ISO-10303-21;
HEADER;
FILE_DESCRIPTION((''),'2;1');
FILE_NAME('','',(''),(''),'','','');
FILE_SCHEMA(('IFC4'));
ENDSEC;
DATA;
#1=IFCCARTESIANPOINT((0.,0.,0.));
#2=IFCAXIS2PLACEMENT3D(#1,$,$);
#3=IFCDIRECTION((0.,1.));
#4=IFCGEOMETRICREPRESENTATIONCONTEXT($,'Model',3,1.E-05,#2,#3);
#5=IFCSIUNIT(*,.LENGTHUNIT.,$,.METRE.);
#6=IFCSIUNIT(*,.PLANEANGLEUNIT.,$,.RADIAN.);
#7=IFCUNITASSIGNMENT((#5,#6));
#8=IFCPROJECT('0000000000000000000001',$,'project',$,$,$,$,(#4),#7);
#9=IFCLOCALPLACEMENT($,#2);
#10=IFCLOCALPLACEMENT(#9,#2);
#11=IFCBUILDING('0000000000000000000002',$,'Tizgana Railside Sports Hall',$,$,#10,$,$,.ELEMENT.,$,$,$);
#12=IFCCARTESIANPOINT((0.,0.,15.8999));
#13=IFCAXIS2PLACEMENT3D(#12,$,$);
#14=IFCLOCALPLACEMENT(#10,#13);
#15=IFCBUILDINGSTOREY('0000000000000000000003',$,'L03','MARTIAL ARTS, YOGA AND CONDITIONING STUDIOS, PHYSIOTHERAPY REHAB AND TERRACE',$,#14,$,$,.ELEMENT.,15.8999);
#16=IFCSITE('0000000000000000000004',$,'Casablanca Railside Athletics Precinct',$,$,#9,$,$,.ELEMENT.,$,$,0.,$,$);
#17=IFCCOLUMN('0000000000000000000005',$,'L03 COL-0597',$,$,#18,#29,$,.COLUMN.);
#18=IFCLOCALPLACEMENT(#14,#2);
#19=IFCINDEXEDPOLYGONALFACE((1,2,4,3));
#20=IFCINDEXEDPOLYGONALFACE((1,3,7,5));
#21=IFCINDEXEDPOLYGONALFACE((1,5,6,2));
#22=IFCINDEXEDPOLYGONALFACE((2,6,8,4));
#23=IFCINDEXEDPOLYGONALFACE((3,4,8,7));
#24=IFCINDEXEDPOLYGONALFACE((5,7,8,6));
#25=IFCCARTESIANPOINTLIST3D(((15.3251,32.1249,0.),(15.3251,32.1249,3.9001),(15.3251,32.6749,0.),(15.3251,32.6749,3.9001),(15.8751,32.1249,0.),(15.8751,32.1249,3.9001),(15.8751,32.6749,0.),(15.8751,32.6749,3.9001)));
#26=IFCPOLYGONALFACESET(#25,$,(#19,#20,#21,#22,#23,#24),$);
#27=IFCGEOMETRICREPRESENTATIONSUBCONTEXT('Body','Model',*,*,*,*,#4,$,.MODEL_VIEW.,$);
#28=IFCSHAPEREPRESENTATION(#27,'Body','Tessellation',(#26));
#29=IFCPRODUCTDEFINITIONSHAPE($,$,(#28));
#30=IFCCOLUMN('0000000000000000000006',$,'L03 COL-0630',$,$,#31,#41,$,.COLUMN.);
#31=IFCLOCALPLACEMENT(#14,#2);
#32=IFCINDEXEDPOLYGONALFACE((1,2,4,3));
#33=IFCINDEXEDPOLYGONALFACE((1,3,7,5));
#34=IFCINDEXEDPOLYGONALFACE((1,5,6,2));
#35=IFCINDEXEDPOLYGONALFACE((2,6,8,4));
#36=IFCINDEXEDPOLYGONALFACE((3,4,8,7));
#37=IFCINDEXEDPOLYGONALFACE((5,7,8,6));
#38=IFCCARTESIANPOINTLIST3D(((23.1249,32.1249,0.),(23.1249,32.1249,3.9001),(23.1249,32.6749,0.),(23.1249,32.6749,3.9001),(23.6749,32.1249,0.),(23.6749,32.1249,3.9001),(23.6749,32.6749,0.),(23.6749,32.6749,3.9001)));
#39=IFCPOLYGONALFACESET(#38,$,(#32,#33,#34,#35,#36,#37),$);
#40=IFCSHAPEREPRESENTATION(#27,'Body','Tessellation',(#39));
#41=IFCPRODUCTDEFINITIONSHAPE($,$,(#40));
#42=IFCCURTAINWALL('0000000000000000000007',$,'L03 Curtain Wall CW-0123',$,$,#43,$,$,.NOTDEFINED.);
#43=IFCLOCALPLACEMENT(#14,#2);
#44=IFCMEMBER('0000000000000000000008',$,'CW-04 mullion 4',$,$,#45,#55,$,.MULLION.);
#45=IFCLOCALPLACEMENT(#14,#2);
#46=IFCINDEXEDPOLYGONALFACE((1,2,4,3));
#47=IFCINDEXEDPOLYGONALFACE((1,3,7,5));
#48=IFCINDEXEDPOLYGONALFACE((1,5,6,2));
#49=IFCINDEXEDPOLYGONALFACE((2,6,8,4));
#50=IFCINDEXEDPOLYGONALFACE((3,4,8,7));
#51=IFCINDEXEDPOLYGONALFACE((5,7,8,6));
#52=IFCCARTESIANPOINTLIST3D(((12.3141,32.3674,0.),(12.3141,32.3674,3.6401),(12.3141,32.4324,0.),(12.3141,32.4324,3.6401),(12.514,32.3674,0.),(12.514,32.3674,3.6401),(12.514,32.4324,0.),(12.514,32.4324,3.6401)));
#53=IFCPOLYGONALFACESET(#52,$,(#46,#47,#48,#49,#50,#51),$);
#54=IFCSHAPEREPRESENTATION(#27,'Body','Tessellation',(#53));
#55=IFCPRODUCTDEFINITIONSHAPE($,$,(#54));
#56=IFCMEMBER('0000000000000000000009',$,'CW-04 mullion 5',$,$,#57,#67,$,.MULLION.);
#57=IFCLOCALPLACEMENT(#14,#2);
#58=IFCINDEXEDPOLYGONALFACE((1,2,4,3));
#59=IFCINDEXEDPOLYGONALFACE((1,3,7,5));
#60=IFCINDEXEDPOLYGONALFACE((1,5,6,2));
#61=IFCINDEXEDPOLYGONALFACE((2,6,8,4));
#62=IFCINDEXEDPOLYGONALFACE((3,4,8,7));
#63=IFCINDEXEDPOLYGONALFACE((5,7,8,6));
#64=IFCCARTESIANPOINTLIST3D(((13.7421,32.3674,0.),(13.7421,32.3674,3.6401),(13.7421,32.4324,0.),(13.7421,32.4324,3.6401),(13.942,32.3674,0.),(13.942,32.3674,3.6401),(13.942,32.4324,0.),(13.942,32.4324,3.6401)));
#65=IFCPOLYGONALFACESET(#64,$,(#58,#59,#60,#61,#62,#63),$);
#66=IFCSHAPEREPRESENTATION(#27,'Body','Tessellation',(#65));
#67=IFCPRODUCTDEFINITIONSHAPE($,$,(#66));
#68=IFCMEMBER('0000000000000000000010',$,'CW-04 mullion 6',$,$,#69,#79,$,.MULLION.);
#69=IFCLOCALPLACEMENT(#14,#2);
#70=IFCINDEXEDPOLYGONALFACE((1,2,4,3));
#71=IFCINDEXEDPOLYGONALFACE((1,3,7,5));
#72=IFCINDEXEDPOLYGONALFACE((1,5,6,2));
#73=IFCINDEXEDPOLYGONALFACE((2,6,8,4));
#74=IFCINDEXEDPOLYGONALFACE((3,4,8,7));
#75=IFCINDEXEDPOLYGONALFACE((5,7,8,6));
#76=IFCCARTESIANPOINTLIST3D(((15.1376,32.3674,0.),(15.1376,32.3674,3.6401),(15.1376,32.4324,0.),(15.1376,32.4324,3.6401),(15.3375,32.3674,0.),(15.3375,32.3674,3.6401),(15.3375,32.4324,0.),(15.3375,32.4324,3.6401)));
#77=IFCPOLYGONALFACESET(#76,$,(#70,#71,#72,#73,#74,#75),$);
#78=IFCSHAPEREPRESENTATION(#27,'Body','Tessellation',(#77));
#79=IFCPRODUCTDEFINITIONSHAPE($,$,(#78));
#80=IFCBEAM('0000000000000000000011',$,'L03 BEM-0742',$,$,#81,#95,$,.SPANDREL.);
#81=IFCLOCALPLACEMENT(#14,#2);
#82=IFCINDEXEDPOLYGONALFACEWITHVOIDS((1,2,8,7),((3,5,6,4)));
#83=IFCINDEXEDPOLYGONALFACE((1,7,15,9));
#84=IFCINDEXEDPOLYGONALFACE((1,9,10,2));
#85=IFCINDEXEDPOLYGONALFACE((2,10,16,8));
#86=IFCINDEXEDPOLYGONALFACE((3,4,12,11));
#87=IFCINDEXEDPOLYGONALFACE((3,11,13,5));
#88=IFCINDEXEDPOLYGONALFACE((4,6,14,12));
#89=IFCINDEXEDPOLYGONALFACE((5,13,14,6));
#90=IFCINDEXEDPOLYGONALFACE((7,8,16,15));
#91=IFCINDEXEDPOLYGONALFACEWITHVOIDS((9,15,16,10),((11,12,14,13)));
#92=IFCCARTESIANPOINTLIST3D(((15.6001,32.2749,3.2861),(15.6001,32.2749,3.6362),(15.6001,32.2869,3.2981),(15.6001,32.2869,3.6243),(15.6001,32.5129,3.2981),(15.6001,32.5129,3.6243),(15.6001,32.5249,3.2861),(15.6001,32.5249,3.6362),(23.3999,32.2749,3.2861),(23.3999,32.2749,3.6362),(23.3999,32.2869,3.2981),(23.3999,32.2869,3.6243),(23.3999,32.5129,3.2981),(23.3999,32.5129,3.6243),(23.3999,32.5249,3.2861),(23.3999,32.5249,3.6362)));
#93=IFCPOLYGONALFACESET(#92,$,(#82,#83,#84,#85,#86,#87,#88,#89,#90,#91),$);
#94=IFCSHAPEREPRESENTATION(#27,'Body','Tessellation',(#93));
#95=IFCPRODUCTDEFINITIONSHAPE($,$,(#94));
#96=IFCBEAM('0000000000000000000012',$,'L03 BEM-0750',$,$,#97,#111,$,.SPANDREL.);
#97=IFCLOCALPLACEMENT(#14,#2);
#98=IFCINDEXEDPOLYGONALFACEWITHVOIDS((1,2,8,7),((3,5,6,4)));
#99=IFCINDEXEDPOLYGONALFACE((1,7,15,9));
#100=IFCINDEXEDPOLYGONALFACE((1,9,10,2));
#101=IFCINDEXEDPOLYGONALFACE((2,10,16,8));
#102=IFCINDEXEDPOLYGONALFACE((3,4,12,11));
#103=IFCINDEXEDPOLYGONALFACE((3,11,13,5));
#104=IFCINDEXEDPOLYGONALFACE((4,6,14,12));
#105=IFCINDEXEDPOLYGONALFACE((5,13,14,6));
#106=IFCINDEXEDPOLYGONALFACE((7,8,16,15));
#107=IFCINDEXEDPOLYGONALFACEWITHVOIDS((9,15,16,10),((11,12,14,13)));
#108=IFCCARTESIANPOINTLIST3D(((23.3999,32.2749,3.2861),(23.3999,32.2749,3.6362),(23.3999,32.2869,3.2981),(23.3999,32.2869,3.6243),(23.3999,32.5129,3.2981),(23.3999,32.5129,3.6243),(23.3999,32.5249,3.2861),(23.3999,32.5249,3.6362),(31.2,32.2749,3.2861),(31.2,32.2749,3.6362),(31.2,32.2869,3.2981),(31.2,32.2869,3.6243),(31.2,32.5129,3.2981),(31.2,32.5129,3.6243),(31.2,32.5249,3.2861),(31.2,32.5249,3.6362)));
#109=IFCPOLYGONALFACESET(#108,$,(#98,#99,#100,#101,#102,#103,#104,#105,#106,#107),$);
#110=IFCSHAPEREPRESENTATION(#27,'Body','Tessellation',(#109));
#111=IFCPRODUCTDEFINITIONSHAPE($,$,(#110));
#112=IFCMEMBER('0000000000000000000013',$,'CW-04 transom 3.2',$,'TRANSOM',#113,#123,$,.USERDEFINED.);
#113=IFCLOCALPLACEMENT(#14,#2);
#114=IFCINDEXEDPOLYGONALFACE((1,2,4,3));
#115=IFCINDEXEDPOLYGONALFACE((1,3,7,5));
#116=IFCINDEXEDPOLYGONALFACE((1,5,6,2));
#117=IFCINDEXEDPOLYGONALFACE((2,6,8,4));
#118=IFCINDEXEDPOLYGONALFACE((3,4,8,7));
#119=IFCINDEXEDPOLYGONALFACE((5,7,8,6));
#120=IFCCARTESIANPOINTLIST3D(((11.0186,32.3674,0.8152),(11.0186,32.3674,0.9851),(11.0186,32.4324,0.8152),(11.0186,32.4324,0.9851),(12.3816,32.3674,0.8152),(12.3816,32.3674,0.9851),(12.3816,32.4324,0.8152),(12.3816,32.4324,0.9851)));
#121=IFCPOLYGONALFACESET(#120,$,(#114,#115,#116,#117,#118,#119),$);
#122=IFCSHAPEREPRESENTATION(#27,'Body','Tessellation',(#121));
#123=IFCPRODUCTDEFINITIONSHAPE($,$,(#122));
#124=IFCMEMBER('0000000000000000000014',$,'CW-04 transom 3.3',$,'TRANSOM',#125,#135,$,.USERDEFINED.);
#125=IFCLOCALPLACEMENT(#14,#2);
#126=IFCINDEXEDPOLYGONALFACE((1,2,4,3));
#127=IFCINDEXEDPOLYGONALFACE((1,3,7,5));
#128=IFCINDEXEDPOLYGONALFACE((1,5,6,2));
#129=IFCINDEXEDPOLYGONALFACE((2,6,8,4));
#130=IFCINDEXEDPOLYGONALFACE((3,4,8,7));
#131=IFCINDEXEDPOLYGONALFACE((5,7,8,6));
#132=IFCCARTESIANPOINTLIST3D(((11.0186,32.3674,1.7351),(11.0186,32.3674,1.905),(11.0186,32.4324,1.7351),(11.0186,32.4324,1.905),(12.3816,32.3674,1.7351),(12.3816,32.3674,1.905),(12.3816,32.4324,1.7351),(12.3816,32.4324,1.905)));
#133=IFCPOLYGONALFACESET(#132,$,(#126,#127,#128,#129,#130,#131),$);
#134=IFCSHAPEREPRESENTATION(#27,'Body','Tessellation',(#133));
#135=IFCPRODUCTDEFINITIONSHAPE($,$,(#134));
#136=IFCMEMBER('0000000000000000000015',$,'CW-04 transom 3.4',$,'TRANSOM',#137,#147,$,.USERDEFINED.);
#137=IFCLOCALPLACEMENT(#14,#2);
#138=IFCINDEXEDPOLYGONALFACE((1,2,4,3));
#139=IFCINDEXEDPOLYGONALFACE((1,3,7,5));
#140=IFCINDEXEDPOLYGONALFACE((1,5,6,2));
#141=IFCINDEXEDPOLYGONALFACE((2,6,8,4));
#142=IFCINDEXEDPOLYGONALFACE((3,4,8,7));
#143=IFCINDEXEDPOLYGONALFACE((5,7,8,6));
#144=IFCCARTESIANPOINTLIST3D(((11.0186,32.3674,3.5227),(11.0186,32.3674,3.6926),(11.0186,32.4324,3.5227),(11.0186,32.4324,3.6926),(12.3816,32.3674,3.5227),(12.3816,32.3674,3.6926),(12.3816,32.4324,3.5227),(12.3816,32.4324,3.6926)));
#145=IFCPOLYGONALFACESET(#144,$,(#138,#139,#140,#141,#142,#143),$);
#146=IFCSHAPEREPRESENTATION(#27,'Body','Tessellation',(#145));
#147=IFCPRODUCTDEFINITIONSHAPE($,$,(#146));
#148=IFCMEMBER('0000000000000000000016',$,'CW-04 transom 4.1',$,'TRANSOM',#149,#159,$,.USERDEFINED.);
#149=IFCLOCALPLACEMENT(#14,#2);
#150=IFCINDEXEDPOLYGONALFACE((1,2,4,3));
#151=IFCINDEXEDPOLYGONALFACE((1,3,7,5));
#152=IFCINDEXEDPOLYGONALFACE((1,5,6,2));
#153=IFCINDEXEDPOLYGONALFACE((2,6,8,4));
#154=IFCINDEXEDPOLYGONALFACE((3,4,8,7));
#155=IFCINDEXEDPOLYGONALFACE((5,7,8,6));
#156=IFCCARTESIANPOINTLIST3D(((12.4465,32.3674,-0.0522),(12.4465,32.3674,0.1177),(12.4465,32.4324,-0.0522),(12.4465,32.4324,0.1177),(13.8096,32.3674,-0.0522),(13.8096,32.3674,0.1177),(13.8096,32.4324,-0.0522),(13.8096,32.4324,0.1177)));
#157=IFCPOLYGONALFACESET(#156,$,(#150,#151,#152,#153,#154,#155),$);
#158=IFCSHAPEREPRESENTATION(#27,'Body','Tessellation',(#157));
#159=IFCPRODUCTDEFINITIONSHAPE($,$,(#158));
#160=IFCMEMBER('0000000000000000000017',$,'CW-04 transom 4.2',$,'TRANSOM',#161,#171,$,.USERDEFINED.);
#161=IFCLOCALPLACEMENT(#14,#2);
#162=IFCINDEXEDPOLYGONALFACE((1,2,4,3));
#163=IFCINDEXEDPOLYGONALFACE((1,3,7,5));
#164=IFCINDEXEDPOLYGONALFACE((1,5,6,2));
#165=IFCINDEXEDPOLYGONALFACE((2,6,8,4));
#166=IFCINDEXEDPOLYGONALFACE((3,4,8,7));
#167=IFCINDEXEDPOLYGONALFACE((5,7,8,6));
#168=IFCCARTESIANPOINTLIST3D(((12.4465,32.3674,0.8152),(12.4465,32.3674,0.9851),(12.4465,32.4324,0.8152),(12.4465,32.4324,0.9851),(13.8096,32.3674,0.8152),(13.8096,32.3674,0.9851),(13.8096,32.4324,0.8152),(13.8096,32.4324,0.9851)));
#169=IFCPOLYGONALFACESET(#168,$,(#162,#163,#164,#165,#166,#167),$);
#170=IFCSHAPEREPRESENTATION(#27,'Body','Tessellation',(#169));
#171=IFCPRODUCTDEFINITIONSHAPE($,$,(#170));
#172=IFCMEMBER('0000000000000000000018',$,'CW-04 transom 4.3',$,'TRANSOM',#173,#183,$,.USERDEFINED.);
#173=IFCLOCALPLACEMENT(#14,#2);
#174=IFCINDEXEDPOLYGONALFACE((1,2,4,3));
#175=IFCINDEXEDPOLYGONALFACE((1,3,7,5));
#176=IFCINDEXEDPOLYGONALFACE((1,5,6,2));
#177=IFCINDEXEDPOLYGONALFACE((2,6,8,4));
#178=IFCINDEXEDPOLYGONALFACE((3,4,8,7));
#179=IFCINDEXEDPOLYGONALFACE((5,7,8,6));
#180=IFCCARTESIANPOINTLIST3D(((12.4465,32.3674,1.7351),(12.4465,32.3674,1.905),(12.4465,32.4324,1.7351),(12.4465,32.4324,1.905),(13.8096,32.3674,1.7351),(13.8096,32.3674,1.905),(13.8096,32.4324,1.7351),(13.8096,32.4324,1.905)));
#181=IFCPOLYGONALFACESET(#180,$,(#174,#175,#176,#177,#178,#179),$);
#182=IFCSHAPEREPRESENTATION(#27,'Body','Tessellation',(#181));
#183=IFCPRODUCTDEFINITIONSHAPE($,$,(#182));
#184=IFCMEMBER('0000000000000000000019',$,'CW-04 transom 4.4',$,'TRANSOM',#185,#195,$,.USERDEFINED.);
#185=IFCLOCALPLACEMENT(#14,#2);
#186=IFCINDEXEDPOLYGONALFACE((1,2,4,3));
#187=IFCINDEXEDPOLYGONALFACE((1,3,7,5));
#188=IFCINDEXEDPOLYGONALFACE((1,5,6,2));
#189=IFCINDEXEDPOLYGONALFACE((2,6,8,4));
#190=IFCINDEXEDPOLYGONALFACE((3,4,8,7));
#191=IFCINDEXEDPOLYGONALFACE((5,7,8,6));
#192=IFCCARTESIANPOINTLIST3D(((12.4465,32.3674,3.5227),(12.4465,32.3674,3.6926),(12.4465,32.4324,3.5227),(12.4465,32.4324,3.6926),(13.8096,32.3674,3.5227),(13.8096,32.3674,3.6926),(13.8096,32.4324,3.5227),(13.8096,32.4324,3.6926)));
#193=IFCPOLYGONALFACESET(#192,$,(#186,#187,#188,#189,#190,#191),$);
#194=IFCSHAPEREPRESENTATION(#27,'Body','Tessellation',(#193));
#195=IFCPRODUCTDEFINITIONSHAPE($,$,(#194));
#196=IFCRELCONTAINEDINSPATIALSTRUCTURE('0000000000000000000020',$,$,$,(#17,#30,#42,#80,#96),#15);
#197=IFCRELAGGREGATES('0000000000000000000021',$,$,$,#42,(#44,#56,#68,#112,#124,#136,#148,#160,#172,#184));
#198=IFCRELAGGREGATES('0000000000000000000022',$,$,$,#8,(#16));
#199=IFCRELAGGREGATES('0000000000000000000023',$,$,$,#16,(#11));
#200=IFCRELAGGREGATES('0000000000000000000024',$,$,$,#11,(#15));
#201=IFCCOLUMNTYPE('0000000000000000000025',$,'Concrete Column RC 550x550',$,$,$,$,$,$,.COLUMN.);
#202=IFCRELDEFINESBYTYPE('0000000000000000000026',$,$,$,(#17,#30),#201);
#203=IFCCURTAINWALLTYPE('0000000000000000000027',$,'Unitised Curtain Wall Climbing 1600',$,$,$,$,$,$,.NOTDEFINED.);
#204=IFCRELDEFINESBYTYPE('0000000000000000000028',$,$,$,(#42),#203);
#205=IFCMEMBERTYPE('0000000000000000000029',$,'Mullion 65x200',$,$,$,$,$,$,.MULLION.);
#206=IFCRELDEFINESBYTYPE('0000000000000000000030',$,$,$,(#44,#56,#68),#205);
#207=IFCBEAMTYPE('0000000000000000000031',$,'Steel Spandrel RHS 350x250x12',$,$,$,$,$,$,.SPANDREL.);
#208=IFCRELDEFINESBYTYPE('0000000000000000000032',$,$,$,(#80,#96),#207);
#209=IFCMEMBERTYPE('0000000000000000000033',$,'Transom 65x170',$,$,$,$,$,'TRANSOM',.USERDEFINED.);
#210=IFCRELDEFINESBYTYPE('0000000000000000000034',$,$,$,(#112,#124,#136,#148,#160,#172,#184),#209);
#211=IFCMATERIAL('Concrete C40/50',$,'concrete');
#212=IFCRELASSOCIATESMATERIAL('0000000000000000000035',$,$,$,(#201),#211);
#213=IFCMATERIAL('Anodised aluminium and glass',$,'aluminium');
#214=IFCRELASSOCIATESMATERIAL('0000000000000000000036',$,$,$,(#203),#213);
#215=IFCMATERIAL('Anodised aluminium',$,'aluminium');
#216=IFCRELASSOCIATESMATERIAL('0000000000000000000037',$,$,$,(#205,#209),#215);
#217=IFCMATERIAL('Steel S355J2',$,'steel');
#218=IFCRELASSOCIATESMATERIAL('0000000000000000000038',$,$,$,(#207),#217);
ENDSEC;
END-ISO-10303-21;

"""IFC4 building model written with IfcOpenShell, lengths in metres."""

from ifc_helpers import new_model, si_unit, direction, frame, origin, origin_2d, place, context, subcontext, project, spatial, rectangle, hollow_rectangle, extrude, material, material_profile, profile_set, type_object, element, aggregate, save


model = new_model("IFC4")

# Units and contexts
model_context = context("Model", 3, precision=1e-05, world=origin(), true_north=direction((0.0, 1.0)))
body_context = subcontext(model_context, "Body", "Model", "MODEL_VIEW")
ifc_project = project(units=[si_unit("LENGTHUNIT", "METRE"), si_unit("PLANEANGLEUNIT", "RADIAN")], contexts=[model_context])

# Site, building, storey
site_placement = place(None, origin())
site = spatial("IfcSite", under=ifc_project, at=site_placement, Name="Casablanca Railside Athletics Precinct", CompositionType="ELEMENT", RefElevation=0.0)
building_placement = place(site_placement, origin())
building = spatial("IfcBuilding", under=site, at=building_placement, Name="Tizgana Railside Sports Hall", CompositionType="ELEMENT")
storey_placement = place(building_placement, frame((0.0, 0.0, 15.8999)))
storey = spatial("IfcBuildingStorey", under=building, at=storey_placement, Name="L03", Description="MARTIAL ARTS, YOGA AND CONDITIONING STUDIOS, PHYSIOTHERAPY REHAB AND TERRACE", CompositionType="ELEMENT", Elevation=15.8999)

# Columns
ifc_material_1 = material(Name="Concrete C40/50", Category="concrete")
ifc_material_profile_1 = material_profile(ifc_material_1, rectangle(XDim=0.55, YDim=0.55, at=origin_2d()), Name="RC 550x550")
ifc_profile_set_1 = profile_set([ifc_material_profile_1], Name="Concrete C40/50")
column_type = type_object("IfcColumnType", Name="Concrete Column RC 550x550", PredefinedType="COLUMN", material=ifc_profile_set_1)
for number, where, z_axis, x_axis, name in (
    (1, (15.6001, 32.3999, 0.0), (0.0, 0.0, 1.0), (1.0, 0.0, 0.0), "L03 COL-0597"),
    (2, (23.3999, 32.3999, 0.0), (0.0, 0.0, 1.0), (1.0, 0.0, 0.0), "L03 COL-0630"),
):
    element("IfcColumn", number, at=place(storey_placement, frame(where, z_axis=z_axis, x_axis=x_axis)), inside=storey, type_object=column_type, Name=name, PredefinedType="COLUMN", context=body_context, shape_type="SweptSolid", body=[
        extrude(rectangle(XDim=0.55, YDim=0.55, at=origin_2d()), origin(), (0.0, 0.0, 1.0), 3.9001),
    ])

# Curtain wall, members
ifc_material_2 = material(Name="Anodised aluminium and glass", Category="aluminium")
curtain_wall_type = type_object("IfcCurtainWallType", Name="Unitised Curtain Wall Climbing 1600", PredefinedType="NOTDEFINED", material=ifc_material_2)
curtain_wall_placement = place(storey_placement, origin())
curtain_wall = element("IfcCurtainWall", 3, at=curtain_wall_placement, inside=storey, type_object=curtain_wall_type, Name="L03 Curtain Wall CW-0123", PredefinedType="NOTDEFINED")
ifc_material_3 = material(Name="Anodised aluminium", Category="aluminium")
ifc_material_profile_2 = material_profile(ifc_material_3, rectangle(XDim=0.0649, YDim=0.2, at=origin_2d()), Name="Mullion 65x200")
ifc_profile_set_2 = profile_set([ifc_material_profile_2], Name="Anodised aluminium")
member_type_1 = type_object("IfcMemberType", Name="Mullion 65x200", PredefinedType="MULLION", material=ifc_profile_set_2)
member_1_placement = place(storey_placement, frame((12.4141, 32.3999, 0.0), z_axis=(0.0, 0.0, 1.0), x_axis=(0.0, 1.0, 0.0)))
member_1 = element("IfcMember", 4, at=member_1_placement, type_object=member_type_1, Name="CW-04 mullion 4", PredefinedType="MULLION", context=body_context, shape_type="SweptSolid", body=[
    extrude(rectangle(XDim=0.0649, YDim=0.2, at=origin_2d()), origin(), (0.0, 0.0, 1.0), 3.6401),
])
member_2_placement = place(storey_placement, frame((13.842, 32.3999, 0.0), z_axis=(0.0, 0.0, 1.0), x_axis=(0.0, 1.0, 0.0)))
member_2 = element("IfcMember", 5, at=member_2_placement, type_object=member_type_1, Name="CW-04 mullion 5", PredefinedType="MULLION", context=body_context, shape_type="SweptSolid", body=[
    extrude(rectangle(XDim=0.0649, YDim=0.2, at=origin_2d()), origin(), (0.0, 0.0, 1.0), 3.6401),
])
member_3_placement = place(storey_placement, frame((15.2375, 32.3999, 0.0), z_axis=(0.0, 0.0, 1.0), x_axis=(0.0, 1.0, 0.0)))
member_3 = element("IfcMember", 6, at=member_3_placement, type_object=member_type_1, Name="CW-04 mullion 6", PredefinedType="MULLION", context=body_context, shape_type="SweptSolid", body=[
    extrude(rectangle(XDim=0.0649, YDim=0.2, at=origin_2d()), origin(), (0.0, 0.0, 1.0), 3.6401),
])

# Beams
ifc_material_4 = material(Name="Steel S355J2", Category="steel")
ifc_material_profile_3 = material_profile(ifc_material_4, hollow_rectangle(XDim=0.25, YDim=0.3501, WallThickness=0.012, at=origin_2d()), Name="RHS 350x250x12")
ifc_profile_set_3 = profile_set([ifc_material_profile_3], Name="Steel S355J2")
beam_type = type_object("IfcBeamType", Name="Steel Spandrel RHS 350x250x12", PredefinedType="SPANDREL", material=ifc_profile_set_3)
beam_1_placement = place(storey_placement, frame((15.6001, 32.3999, 3.4612), z_axis=(1.0, 0.0, 0.0), x_axis=(0.0, 1.0, 0.0)))
element("IfcBeam", 7, at=beam_1_placement, inside=storey, type_object=beam_type, Name="L03 BEM-0742", PredefinedType="SPANDREL", context=body_context, shape_type="SweptSolid", body=[
    extrude(hollow_rectangle(XDim=0.25, YDim=0.3501, WallThickness=0.012, at=origin_2d()), origin(), (0.0, 0.0, 1.0), 7.7998),
])
beam_2_placement = place(storey_placement, frame((23.3999, 32.3999, 3.4612), z_axis=(1.0, 0.0, 0.0), x_axis=(0.0, 1.0, 0.0)))
element("IfcBeam", 8, at=beam_2_placement, inside=storey, type_object=beam_type, Name="L03 BEM-0750", PredefinedType="SPANDREL", context=body_context, shape_type="SweptSolid", body=[
    extrude(hollow_rectangle(XDim=0.25, YDim=0.3501, WallThickness=0.012, at=origin_2d()), origin(), (0.0, 0.0, 1.0), 7.8),
])

# Members
ifc_material_profile_4 = material_profile(ifc_material_3, rectangle(XDim=0.0649, YDim=0.1699, at=origin_2d()), Name="Transom 65x170")
ifc_profile_set_4 = profile_set([ifc_material_profile_4], Name="Anodised aluminium")
member_type_2 = type_object("IfcMemberType", Name="Transom 65x170", ElementType="TRANSOM", PredefinedType="USERDEFINED", material=ifc_profile_set_4)
member_4_placement = place(storey_placement, frame((11.0186, 32.3999, 0.9001), z_axis=(1.0, 0.0, 0.0), x_axis=(0.0, 1.0, 0.0)))
member_4 = element("IfcMember", 9, at=member_4_placement, type_object=member_type_2, Name="CW-04 transom 3.2", ObjectType="TRANSOM", PredefinedType="USERDEFINED", context=body_context, shape_type="SweptSolid", body=[
    extrude(rectangle(XDim=0.0649, YDim=0.1699, at=origin_2d()), origin(), (0.0, 0.0, 1.0), 1.363),
])
member_5_placement = place(storey_placement, frame((11.0186, 32.3999, 1.8201), z_axis=(1.0, 0.0, 0.0), x_axis=(0.0, 1.0, 0.0)))
member_5 = element("IfcMember", 10, at=member_5_placement, type_object=member_type_2, Name="CW-04 transom 3.3", ObjectType="TRANSOM", PredefinedType="USERDEFINED", context=body_context, shape_type="SweptSolid", body=[
    extrude(rectangle(XDim=0.0649, YDim=0.1699, at=origin_2d()), origin(), (0.0, 0.0, 1.0), 1.363),
])
member_6_placement = place(storey_placement, frame((11.0186, 32.3999, 3.6077), z_axis=(1.0, 0.0, 0.0), x_axis=(0.0, 1.0, 0.0)))
member_6 = element("IfcMember", 11, at=member_6_placement, type_object=member_type_2, Name="CW-04 transom 3.4", ObjectType="TRANSOM", PredefinedType="USERDEFINED", context=body_context, shape_type="SweptSolid", body=[
    extrude(rectangle(XDim=0.0649, YDim=0.1699, at=origin_2d()), origin(), (0.0, 0.0, 1.0), 1.363),
])
member_7_placement = place(storey_placement, frame((12.4465, 32.3999, 0.0327), z_axis=(1.0, 0.0, 0.0), x_axis=(0.0, 1.0, 0.0)))
member_7 = element("IfcMember", 12, at=member_7_placement, type_object=member_type_2, Name="CW-04 transom 4.1", ObjectType="TRANSOM", PredefinedType="USERDEFINED", context=body_context, shape_type="SweptSolid", body=[
    extrude(rectangle(XDim=0.0649, YDim=0.1699, at=origin_2d()), origin(), (0.0, 0.0, 1.0), 1.363),
])
member_8_placement = place(storey_placement, frame((12.4465, 32.3999, 0.9001), z_axis=(1.0, 0.0, 0.0), x_axis=(0.0, 1.0, 0.0)))
member_8 = element("IfcMember", 13, at=member_8_placement, type_object=member_type_2, Name="CW-04 transom 4.2", ObjectType="TRANSOM", PredefinedType="USERDEFINED", context=body_context, shape_type="SweptSolid", body=[
    extrude(rectangle(XDim=0.0649, YDim=0.1699, at=origin_2d()), origin(), (0.0, 0.0, 1.0), 1.363),
])
member_9_placement = place(storey_placement, frame((12.4465, 32.3999, 1.8201), z_axis=(1.0, 0.0, 0.0), x_axis=(0.0, 1.0, 0.0)))
member_9 = element("IfcMember", 14, at=member_9_placement, type_object=member_type_2, Name="CW-04 transom 4.3", ObjectType="TRANSOM", PredefinedType="USERDEFINED", context=body_context, shape_type="SweptSolid", body=[
    extrude(rectangle(XDim=0.0649, YDim=0.1699, at=origin_2d()), origin(), (0.0, 0.0, 1.0), 1.363),
])
member_10_placement = place(storey_placement, frame((12.4465, 32.3999, 3.6077), z_axis=(1.0, 0.0, 0.0), x_axis=(0.0, 1.0, 0.0)))
member_10 = element("IfcMember", 15, at=member_10_placement, type_object=member_type_2, Name="CW-04 transom 4.4", ObjectType="TRANSOM", PredefinedType="USERDEFINED", context=body_context, shape_type="SweptSolid", body=[
    extrude(rectangle(XDim=0.0649, YDim=0.1699, at=origin_2d()), origin(), (0.0, 0.0, 1.0), 1.363),
])

aggregate(curtain_wall, [member_1, member_2, member_3, member_4, member_5, member_6, member_7, member_8, member_9, member_10])

save(model, "model.ifc")
